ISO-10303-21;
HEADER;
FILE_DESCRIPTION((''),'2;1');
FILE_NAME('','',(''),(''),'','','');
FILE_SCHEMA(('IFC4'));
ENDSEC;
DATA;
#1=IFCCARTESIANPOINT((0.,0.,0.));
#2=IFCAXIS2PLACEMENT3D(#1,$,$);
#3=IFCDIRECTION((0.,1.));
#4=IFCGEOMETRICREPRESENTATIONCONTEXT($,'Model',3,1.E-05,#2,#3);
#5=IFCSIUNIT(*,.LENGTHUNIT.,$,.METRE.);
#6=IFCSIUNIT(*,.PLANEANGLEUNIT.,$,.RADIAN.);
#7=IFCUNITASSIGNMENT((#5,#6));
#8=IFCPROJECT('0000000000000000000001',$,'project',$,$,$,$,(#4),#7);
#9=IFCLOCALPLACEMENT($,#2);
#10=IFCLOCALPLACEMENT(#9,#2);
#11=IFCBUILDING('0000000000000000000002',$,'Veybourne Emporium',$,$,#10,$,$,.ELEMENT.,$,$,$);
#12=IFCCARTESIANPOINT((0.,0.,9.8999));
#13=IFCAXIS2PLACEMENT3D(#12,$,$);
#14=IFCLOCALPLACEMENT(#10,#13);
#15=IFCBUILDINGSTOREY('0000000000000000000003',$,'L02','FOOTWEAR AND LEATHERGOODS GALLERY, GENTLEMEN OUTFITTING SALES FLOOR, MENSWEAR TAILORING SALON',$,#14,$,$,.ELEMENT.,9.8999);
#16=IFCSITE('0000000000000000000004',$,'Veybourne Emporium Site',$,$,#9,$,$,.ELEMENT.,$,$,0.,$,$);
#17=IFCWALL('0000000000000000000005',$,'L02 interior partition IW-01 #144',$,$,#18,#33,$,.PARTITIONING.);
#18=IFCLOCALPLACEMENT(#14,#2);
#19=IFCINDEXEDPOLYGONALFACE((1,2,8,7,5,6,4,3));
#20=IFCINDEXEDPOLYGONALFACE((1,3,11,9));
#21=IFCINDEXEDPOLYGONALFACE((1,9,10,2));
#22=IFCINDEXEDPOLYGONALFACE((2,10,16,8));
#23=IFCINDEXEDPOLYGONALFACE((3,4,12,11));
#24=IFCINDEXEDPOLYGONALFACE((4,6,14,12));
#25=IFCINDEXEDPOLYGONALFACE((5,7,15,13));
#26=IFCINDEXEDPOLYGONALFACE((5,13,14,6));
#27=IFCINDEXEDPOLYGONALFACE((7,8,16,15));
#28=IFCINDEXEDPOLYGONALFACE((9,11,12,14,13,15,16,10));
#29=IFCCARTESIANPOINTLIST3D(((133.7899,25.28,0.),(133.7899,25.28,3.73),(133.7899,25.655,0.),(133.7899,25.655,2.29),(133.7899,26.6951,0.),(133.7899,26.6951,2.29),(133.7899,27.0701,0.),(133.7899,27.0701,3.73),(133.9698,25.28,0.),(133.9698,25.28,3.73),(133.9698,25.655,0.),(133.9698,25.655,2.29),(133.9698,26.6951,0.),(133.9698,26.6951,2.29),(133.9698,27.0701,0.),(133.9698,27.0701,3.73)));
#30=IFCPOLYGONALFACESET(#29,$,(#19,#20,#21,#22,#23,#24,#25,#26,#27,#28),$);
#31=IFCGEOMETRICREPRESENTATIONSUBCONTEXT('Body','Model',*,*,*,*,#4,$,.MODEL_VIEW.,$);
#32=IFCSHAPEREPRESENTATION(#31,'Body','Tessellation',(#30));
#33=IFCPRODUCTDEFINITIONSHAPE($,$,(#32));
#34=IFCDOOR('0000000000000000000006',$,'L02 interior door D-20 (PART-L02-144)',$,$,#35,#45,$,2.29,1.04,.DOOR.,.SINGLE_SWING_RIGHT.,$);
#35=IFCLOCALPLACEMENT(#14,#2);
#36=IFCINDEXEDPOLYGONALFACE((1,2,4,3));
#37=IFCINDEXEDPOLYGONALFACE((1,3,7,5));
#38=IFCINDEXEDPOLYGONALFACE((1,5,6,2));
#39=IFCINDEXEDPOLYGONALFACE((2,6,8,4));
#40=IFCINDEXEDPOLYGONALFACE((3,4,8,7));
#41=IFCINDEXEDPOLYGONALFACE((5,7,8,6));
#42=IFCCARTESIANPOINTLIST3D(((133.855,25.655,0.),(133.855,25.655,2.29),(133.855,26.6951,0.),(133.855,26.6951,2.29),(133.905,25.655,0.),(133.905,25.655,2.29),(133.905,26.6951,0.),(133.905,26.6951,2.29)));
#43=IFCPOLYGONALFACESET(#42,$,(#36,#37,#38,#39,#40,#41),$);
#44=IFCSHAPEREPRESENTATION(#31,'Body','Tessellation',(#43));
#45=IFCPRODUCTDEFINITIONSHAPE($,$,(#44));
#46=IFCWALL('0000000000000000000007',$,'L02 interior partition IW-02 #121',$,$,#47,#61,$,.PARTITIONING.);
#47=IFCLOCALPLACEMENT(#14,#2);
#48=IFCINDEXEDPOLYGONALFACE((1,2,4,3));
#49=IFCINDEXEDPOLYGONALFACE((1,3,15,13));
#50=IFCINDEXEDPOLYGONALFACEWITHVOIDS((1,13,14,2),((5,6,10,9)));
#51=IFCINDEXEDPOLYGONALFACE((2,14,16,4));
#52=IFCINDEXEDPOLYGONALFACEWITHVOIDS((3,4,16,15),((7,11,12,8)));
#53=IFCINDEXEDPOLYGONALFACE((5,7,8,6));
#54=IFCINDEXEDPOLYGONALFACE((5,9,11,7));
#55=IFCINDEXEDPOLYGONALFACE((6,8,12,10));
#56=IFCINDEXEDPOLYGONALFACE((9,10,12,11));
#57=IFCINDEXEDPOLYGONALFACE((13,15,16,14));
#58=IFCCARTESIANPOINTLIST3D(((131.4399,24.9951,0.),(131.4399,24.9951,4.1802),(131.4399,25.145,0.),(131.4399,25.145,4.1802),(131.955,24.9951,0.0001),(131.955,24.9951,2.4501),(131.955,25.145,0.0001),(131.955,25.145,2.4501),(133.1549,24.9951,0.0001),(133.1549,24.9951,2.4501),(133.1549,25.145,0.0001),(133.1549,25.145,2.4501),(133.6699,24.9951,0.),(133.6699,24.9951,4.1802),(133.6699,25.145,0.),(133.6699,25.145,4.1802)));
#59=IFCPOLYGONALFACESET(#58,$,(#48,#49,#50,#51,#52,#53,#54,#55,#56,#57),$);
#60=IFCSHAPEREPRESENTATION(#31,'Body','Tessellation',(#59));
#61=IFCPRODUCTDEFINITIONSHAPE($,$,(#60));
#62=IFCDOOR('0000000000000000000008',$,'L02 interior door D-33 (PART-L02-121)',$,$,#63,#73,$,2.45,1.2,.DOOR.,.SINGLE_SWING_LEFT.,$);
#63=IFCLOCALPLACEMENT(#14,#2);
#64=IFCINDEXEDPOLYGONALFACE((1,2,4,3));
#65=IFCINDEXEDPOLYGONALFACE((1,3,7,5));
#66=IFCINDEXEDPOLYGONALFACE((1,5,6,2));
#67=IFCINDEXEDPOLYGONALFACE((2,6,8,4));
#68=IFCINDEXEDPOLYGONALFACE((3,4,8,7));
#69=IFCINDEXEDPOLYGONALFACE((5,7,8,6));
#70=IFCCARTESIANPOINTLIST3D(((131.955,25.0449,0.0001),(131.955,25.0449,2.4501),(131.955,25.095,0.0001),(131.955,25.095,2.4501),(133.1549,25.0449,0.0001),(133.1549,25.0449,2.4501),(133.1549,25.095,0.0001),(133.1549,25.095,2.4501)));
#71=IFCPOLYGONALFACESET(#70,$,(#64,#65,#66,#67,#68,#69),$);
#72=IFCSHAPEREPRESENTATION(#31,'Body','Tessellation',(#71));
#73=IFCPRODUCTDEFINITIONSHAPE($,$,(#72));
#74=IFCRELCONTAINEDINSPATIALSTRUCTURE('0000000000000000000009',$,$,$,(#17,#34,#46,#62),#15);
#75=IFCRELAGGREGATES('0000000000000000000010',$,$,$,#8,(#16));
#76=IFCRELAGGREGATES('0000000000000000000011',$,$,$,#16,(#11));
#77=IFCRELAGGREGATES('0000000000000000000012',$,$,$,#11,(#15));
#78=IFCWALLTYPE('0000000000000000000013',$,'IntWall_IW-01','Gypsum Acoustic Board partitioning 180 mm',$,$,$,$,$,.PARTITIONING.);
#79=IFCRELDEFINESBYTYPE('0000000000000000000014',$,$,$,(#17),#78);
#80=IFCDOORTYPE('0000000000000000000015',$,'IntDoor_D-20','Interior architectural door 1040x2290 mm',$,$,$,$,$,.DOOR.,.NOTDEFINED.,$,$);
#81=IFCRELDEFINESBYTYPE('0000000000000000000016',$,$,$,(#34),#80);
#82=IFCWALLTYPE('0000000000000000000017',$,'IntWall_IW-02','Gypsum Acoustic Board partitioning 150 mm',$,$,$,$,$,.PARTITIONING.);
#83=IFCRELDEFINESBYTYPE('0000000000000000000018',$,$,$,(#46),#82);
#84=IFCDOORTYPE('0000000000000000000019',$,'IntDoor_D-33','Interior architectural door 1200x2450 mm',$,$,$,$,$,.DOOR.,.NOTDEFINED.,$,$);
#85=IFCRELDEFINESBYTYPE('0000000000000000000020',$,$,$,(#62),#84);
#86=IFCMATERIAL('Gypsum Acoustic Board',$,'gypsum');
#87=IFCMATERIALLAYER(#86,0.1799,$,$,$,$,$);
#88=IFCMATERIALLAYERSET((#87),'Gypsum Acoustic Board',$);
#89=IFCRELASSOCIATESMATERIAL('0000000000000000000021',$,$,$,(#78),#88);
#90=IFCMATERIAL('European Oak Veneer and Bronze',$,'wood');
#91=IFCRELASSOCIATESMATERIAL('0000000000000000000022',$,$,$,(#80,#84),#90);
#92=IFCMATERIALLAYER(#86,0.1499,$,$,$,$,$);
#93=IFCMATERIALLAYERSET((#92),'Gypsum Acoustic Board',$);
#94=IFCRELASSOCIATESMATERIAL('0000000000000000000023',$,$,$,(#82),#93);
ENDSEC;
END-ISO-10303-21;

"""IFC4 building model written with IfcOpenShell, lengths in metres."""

from ifc_helpers import new_model, si_unit, direction, frame, frame_2d, origin, place, context, subcontext, project, spatial, rectangle, extrude, material, layer, layer_set, type_object, element, fill, save


model = new_model("IFC4")

# Units and contexts
model_context = context("Model", 3, precision=1e-05, world=origin(), true_north=direction((0.0, 1.0)))
body_context = subcontext(model_context, "Body", "Model", "MODEL_VIEW")
ifc_project = project(units=[si_unit("LENGTHUNIT", "METRE"), si_unit("PLANEANGLEUNIT", "RADIAN")], contexts=[model_context])

# Site, building, storey
site_placement = place(None, origin())
site = spatial("IfcSite", under=ifc_project, at=site_placement, Name="Veybourne Emporium Site", CompositionType="ELEMENT", RefElevation=0.0)
building_placement = place(site_placement, origin())
building = spatial("IfcBuilding", under=site, at=building_placement, Name="Veybourne Emporium", CompositionType="ELEMENT")
storey_placement = place(building_placement, frame((0.0, 0.0, 9.8999)))
storey = spatial("IfcBuildingStorey", under=building, at=storey_placement, Name="L02", Description="FOOTWEAR AND LEATHERGOODS GALLERY, GENTLEMEN OUTFITTING SALES FLOOR, MENSWEAR TAILORING SALON", CompositionType="ELEMENT", Elevation=9.8999)

# Walls, openings, doors
ifc_material_1 = material(Name="Gypsum Acoustic Board", Category="gypsum")
ifc_layer_1 = layer(ifc_material_1, 0.1799)
ifc_layer_set_1 = layer_set([ifc_layer_1], Name="Gypsum Acoustic Board")
wall_type_1 = type_object("IfcWallType", Name="IntWall_IW-01", Description="Gypsum Acoustic Board partitioning 180 mm", PredefinedType="PARTITIONING", material=ifc_layer_set_1)
wall_1_placement = place(storey_placement, frame((133.8799, 25.28, 0.0), z_axis=(0.0, 0.0, 1.0), x_axis=(0.0, 1.0, 0.0)))
wall_1 = element("IfcWall", 1, at=wall_1_placement, inside=storey, type_object=wall_type_1, Name="L02 interior partition IW-01 #144", PredefinedType="PARTITIONING", context=body_context, shape_type="SweptSolid", body=[
    extrude(rectangle(XDim=1.79, YDim=0.1799, at=frame_2d((0.895, 0.0))), origin(), (0.0, 0.0, 1.0), 3.73),
])
opening_1_placement = place(wall_1_placement, frame((0.375, 0.0, 0.0)))
opening_1 = element("IfcOpeningElement", 2, at=opening_1_placement, cuts=wall_1, PredefinedType="OPENING", context=body_context, shape_type="SweptSolid", body=[
    extrude(rectangle(XDim=1.04, YDim=2.29, at=frame_2d((0.52, 1.145))), frame((0.0, 0.1099, 0.0), z_axis=(0.0, -1.0, 0.0), x_axis=(1.0, 0.0, 0.0)), (0.0, 0.0, 1.0), 0.22),
])
ifc_material_2 = material(Name="European Oak Veneer and Bronze", Category="wood")
door_type_1 = type_object("IfcDoorType", Name="IntDoor_D-20", Description="Interior architectural door 1040x2290 mm", OperationType="NOTDEFINED", PredefinedType="DOOR", material=ifc_material_2)
door_1_placement = place(opening_1_placement, origin())
door_1 = element("IfcDoor", 3, at=door_1_placement, inside=storey, type_object=door_type_1, Name="L02 interior door D-20 (PART-L02-144)", OperationType="SINGLE_SWING_RIGHT", OverallHeight=2.29, OverallWidth=1.04, PredefinedType="DOOR", context=body_context, shape_type="SweptSolid", body=[
    extrude(rectangle(XDim=1.04, YDim=2.29, at=frame_2d((0.52, 1.145))), frame((0.0, 0.0249, 0.0), z_axis=(0.0, -1.0, 0.0), x_axis=(1.0, 0.0, 0.0)), (0.0, 0.0, 1.0), 0.05),
])
fill(opening_1, door_1)
ifc_layer_2 = layer(ifc_material_1, 0.1499)
ifc_layer_set_2 = layer_set([ifc_layer_2], Name="Gypsum Acoustic Board")
wall_type_2 = type_object("IfcWallType", Name="IntWall_IW-02", Description="Gypsum Acoustic Board partitioning 150 mm", PredefinedType="PARTITIONING", material=ifc_layer_set_2)
wall_2_placement = place(storey_placement, frame((131.4399, 25.0701, 0.0), z_axis=(0.0, 0.0, 1.0), x_axis=(1.0, 0.0, 0.0)))
wall_2 = element("IfcWall", 4, at=wall_2_placement, inside=storey, type_object=wall_type_2, Name="L02 interior partition IW-02 #121", PredefinedType="PARTITIONING", context=body_context, shape_type="SweptSolid", body=[
    extrude(rectangle(XDim=2.23, YDim=0.1499, at=frame_2d((1.115, 0.0))), origin(), (0.0, 0.0, 1.0), 4.1802),
])
opening_2_placement = place(wall_2_placement, frame((0.5149, 0.0, 0.0)))
opening_2 = element("IfcOpeningElement", 5, at=opening_2_placement, cuts=wall_2, PredefinedType="OPENING", context=body_context, shape_type="SweptSolid", body=[
    extrude(rectangle(XDim=1.2, YDim=2.45, at=frame_2d((0.6001, 1.2251))), frame((0.0, 0.095, 0.0), z_axis=(0.0, -1.0, 0.0), x_axis=(1.0, 0.0, 0.0)), (0.0, 0.0, 1.0), 0.1899),
])
door_type_2 = type_object("IfcDoorType", Name="IntDoor_D-33", Description="Interior architectural door 1200x2450 mm", OperationType="NOTDEFINED", PredefinedType="DOOR", material=ifc_material_2)
door_2_placement = place(opening_2_placement, origin())
door_2 = element("IfcDoor", 6, at=door_2_placement, inside=storey, type_object=door_type_2, Name="L02 interior door D-33 (PART-L02-121)", OperationType="SINGLE_SWING_LEFT", OverallHeight=2.45, OverallWidth=1.2, PredefinedType="DOOR", context=body_context, shape_type="SweptSolid", body=[
    extrude(rectangle(XDim=1.2, YDim=2.45, at=frame_2d((0.6001, 1.2251))), frame((0.0, 0.0249, 0.0), z_axis=(0.0, -1.0, 0.0), x_axis=(1.0, 0.0, 0.0)), (0.0, 0.0, 1.0), 0.05),
])
fill(opening_2, door_2)

save(model, "model.ifc")
